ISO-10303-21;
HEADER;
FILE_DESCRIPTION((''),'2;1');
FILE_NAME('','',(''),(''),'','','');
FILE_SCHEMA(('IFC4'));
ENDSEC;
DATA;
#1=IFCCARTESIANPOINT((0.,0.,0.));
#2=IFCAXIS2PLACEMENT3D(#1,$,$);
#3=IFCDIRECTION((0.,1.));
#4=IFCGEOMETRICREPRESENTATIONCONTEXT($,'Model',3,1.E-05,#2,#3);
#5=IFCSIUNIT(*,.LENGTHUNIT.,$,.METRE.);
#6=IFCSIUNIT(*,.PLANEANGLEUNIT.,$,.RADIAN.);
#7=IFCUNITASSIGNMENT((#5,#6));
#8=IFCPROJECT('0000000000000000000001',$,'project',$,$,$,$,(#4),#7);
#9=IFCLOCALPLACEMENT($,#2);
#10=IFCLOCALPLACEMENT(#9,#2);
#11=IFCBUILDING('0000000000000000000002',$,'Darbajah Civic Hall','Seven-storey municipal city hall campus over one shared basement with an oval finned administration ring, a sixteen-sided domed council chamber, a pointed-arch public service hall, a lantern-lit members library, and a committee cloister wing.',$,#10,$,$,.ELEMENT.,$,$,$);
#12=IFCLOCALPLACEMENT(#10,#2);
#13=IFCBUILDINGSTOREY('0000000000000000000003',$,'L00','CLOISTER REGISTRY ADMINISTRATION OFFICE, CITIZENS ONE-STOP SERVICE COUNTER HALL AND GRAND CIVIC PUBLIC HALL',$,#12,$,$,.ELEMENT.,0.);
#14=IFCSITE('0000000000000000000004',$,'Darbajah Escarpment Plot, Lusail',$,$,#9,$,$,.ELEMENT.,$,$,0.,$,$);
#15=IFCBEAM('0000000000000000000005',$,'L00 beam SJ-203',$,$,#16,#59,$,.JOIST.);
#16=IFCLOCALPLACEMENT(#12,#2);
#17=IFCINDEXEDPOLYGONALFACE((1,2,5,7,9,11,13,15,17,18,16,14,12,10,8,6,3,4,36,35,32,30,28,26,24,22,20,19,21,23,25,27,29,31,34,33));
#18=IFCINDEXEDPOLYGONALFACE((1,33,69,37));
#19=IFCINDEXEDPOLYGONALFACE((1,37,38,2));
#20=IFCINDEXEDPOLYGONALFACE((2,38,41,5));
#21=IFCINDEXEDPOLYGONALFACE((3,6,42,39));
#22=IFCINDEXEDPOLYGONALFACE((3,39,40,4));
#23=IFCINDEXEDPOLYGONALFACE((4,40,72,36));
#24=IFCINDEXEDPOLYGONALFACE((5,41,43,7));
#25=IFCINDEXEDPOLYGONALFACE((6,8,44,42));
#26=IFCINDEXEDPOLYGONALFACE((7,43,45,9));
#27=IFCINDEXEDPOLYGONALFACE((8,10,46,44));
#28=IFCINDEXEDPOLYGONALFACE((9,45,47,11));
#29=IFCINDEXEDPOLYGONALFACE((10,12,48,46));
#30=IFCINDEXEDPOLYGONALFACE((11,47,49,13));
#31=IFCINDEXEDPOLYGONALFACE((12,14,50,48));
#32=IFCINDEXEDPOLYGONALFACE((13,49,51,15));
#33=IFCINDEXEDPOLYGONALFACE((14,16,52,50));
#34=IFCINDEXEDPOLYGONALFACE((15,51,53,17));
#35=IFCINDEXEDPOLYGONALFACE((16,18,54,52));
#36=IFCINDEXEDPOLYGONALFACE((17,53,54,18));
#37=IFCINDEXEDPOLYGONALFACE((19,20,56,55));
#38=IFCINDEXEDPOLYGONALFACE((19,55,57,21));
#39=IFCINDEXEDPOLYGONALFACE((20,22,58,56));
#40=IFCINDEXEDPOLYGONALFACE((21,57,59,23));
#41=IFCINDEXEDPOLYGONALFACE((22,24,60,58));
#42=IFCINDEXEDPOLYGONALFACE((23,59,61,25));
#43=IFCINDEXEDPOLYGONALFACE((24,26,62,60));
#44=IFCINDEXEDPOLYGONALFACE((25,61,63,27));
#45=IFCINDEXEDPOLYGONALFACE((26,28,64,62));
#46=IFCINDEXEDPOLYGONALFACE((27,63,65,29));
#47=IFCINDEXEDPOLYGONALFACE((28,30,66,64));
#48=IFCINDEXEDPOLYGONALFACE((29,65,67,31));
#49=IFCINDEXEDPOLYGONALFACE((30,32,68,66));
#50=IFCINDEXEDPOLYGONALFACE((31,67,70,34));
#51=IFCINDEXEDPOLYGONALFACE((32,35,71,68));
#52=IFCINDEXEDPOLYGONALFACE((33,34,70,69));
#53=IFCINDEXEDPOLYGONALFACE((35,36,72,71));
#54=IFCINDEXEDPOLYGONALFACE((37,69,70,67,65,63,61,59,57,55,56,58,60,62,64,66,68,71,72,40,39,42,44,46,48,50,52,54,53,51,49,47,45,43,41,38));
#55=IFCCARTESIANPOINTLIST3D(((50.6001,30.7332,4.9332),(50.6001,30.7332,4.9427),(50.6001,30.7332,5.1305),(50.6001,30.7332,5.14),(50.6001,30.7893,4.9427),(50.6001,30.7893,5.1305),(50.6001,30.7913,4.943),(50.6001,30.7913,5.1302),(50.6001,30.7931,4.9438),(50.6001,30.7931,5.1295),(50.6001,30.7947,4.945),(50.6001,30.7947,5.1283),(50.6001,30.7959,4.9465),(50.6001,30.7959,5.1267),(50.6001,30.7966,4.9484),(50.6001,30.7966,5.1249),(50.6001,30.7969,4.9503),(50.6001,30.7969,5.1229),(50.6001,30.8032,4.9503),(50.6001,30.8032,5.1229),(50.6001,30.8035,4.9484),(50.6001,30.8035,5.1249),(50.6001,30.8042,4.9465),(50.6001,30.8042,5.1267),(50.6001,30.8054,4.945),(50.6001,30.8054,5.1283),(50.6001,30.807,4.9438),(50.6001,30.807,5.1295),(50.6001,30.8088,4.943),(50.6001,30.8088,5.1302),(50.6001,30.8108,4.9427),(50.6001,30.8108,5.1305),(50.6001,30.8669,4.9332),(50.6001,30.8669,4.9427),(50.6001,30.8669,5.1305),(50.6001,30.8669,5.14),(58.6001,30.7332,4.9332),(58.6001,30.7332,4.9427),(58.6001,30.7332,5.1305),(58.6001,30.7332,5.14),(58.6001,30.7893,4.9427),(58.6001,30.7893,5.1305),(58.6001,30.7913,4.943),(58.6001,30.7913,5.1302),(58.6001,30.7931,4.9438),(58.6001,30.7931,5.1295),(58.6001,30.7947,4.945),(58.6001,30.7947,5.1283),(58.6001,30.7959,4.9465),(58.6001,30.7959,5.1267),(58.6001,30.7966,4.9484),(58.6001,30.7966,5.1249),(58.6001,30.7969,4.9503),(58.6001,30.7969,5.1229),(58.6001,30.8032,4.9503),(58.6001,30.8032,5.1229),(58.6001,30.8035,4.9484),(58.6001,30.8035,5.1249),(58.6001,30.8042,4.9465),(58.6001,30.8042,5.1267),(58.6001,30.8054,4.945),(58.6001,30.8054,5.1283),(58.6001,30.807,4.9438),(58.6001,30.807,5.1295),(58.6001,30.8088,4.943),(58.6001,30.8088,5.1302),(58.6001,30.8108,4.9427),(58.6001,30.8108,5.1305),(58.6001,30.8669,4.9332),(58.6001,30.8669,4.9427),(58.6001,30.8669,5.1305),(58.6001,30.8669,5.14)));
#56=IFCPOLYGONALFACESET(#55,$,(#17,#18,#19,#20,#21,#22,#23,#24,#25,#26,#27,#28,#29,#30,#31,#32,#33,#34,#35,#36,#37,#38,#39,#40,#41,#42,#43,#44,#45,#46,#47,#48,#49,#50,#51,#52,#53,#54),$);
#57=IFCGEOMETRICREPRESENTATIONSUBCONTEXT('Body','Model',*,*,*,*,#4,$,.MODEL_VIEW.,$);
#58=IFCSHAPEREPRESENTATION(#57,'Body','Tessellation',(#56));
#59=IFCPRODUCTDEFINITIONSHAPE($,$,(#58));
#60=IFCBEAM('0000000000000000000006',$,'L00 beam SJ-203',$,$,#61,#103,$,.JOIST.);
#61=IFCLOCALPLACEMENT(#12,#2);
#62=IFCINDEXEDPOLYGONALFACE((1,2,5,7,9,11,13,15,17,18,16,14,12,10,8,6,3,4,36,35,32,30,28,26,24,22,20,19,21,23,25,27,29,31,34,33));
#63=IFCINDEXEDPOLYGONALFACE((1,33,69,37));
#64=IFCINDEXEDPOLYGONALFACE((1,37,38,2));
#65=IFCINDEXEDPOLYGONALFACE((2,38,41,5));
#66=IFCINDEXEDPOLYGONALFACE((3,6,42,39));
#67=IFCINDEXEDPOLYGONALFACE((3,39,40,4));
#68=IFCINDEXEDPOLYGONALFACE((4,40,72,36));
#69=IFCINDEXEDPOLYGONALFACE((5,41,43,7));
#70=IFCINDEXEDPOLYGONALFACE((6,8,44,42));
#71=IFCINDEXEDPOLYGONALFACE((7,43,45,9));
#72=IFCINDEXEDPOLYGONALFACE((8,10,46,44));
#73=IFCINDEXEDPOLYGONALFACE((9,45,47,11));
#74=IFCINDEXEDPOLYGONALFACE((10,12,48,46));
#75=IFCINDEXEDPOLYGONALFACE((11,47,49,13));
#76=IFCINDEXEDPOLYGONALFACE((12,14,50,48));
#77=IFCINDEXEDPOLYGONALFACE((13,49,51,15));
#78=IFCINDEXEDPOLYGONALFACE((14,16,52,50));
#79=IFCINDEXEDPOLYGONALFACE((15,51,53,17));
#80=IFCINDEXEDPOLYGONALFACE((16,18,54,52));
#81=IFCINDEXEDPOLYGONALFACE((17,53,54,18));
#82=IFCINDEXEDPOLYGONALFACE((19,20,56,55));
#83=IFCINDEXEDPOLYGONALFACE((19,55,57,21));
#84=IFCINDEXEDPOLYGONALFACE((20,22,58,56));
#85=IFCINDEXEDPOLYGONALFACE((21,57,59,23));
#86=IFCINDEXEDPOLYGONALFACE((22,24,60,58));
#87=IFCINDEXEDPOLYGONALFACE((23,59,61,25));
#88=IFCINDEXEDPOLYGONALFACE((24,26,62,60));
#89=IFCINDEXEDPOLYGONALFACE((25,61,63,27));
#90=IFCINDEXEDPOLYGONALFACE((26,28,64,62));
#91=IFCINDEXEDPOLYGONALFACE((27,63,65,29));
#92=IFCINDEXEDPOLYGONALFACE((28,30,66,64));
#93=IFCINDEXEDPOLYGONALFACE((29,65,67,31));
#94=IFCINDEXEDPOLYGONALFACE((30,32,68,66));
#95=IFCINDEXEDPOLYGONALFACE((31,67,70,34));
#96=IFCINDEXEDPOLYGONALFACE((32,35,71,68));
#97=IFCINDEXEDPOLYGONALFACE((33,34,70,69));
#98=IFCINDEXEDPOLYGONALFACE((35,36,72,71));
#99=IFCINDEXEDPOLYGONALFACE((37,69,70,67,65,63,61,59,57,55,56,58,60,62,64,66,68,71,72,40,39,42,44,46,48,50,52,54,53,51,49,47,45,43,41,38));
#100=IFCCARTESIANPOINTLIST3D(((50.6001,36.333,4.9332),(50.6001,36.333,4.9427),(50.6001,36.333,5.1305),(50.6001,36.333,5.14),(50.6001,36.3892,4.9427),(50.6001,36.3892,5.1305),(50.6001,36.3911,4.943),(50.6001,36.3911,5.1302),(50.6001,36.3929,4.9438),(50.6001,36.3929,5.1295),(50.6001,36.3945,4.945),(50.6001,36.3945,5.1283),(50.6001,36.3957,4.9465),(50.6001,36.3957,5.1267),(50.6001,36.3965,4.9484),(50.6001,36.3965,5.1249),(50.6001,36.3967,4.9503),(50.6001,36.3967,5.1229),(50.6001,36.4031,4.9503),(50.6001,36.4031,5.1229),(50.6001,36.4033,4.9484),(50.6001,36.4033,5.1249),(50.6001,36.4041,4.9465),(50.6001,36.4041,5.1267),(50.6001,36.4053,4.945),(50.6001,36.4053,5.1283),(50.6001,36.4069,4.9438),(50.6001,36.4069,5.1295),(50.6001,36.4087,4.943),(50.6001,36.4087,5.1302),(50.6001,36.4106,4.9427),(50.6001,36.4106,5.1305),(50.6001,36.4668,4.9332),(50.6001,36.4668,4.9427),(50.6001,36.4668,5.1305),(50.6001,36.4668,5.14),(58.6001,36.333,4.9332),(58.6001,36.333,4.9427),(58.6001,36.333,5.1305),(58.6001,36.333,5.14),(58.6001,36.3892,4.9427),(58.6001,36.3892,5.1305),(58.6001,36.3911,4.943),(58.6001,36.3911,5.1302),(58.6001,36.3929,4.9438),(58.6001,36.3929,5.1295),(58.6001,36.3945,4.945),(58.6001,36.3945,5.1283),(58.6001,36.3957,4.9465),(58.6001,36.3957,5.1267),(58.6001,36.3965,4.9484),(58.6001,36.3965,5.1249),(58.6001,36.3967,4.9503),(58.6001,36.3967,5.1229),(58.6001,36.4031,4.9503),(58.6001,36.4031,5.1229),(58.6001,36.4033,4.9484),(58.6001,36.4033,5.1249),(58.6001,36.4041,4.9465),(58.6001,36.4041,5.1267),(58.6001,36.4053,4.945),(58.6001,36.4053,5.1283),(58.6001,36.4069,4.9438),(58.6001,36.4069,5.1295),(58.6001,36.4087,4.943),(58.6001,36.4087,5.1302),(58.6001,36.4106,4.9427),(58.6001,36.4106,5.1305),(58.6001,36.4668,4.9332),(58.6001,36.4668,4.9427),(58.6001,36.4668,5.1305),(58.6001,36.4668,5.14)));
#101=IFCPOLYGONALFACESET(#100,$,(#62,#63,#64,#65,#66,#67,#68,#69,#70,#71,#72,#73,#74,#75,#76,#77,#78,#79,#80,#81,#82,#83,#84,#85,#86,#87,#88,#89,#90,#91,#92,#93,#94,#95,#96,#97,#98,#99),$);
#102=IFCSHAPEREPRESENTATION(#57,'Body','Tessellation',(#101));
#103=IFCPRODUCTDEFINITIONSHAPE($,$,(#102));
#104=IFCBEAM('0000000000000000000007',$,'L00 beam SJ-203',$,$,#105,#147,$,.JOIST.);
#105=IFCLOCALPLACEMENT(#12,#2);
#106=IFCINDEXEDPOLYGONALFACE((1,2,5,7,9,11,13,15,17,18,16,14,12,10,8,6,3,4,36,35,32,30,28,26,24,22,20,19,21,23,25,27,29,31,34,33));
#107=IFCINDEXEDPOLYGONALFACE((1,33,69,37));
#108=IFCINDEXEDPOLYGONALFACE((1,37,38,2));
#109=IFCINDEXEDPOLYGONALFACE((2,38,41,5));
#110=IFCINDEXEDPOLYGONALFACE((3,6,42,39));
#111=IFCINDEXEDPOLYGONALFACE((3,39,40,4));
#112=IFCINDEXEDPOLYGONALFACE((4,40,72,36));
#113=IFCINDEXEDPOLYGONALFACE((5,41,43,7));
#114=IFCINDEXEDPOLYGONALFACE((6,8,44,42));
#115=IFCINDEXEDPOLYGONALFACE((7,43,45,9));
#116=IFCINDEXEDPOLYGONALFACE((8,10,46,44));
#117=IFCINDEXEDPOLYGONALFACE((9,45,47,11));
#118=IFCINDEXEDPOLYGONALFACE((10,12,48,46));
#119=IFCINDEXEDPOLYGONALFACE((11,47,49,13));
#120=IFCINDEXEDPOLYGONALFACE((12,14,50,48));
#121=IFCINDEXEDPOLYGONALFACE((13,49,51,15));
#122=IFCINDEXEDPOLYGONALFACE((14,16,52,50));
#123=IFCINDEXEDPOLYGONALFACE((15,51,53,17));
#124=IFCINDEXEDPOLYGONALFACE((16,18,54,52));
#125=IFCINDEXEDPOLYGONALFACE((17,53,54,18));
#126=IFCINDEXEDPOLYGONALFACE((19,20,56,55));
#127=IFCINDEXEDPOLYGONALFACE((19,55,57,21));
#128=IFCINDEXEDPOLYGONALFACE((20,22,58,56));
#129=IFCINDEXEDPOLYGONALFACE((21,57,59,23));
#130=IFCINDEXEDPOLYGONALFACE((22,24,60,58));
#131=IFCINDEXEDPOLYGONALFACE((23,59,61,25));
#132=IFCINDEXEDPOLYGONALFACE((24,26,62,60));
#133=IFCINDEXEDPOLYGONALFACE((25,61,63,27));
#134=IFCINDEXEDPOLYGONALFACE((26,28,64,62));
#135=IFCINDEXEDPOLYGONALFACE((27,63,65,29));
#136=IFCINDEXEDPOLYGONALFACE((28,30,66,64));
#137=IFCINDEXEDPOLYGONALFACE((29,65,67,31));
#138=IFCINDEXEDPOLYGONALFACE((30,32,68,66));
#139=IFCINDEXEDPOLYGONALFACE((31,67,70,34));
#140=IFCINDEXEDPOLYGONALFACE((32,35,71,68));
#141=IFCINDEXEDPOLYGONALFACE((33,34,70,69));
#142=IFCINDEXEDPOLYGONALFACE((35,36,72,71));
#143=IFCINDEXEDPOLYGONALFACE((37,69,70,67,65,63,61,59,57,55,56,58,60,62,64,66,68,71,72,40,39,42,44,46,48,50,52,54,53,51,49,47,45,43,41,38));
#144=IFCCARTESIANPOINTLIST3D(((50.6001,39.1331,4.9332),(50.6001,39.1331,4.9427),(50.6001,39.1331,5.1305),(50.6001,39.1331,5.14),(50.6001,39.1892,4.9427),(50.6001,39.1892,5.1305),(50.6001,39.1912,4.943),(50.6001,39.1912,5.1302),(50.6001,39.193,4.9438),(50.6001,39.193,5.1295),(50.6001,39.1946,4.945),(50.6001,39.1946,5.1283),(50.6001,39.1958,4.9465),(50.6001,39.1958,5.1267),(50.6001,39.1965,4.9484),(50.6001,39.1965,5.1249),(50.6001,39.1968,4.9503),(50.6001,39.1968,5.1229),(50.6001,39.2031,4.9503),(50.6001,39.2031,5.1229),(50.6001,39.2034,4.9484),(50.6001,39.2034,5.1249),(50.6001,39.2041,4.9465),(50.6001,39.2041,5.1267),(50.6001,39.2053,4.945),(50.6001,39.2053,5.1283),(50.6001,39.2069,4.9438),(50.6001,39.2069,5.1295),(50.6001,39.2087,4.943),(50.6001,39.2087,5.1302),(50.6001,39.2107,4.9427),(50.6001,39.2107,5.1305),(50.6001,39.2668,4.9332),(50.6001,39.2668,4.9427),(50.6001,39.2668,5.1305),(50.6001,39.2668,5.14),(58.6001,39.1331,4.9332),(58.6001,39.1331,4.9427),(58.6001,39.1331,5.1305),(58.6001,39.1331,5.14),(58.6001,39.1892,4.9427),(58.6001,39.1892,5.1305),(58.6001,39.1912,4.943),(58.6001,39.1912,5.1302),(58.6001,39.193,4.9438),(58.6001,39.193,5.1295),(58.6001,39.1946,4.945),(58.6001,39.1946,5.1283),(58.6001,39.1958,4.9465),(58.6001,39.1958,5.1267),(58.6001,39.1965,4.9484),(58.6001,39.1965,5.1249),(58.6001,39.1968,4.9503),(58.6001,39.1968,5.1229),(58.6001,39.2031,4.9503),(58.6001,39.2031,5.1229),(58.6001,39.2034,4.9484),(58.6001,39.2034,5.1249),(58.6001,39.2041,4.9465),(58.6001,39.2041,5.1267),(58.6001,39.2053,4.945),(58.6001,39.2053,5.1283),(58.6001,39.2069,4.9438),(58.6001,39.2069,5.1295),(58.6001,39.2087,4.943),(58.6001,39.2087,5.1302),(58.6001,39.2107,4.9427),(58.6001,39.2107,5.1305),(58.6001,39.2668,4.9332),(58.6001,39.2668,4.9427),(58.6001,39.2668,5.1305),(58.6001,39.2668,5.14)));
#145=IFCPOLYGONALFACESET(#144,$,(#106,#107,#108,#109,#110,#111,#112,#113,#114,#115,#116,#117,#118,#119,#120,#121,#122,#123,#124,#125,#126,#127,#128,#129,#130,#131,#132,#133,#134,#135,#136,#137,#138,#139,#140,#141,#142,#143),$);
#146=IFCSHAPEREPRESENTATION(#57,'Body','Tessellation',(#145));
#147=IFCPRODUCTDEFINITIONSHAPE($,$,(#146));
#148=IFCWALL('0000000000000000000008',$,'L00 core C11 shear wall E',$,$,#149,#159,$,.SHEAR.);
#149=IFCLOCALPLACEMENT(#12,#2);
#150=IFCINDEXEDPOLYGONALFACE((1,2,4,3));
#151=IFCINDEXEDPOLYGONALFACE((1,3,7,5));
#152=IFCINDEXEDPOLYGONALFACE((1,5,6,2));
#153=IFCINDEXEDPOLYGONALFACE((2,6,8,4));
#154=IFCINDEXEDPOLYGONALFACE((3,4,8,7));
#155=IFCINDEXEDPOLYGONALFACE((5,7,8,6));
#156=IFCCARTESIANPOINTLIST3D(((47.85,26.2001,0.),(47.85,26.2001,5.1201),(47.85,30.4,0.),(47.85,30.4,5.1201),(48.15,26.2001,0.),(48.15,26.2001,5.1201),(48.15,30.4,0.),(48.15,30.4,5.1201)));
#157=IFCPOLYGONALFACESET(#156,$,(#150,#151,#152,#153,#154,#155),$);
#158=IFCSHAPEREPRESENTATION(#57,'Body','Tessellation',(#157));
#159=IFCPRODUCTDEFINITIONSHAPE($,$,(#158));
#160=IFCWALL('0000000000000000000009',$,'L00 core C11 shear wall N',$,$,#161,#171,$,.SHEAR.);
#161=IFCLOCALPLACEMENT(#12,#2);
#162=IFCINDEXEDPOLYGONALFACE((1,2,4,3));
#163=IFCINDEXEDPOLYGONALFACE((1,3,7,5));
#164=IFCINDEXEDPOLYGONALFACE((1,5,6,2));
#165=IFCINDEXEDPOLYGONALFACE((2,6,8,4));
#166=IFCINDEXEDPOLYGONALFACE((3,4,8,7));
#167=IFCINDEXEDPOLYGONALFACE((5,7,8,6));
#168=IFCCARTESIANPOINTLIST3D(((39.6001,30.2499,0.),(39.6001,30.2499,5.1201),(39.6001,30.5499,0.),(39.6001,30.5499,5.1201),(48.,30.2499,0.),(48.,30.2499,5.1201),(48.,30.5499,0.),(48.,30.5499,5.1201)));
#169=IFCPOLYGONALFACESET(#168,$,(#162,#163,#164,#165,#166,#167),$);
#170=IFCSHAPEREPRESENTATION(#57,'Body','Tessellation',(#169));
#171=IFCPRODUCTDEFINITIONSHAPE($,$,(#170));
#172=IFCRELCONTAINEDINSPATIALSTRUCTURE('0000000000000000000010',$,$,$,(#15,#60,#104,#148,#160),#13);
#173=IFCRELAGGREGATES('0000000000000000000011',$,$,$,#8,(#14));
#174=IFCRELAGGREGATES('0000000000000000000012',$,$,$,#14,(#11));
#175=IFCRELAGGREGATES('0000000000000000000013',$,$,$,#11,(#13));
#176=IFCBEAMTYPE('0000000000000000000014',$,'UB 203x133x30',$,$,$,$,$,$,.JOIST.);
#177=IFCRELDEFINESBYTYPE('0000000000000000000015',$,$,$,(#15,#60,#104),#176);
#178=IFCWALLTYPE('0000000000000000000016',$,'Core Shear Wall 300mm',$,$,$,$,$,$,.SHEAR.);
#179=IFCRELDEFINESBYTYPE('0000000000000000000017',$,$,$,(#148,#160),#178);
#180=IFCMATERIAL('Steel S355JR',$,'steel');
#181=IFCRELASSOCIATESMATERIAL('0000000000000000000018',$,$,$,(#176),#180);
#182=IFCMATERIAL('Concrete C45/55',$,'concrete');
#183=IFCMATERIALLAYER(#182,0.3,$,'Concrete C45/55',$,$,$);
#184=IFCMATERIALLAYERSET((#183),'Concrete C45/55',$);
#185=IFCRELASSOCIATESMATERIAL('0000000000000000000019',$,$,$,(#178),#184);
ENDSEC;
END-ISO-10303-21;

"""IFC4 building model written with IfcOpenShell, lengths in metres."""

from ifc_helpers import new_model, si_unit, direction, frame, frame_2d, origin, origin_2d, place, context, subcontext, project, spatial, rectangle, i_section, extrude, material, layer, layer_set, material_profile, profile_set, type_object, element, save


model = new_model("IFC4")

# Units and contexts
model_context = context("Model", 3, precision=1e-05, world=origin(), true_north=direction((0.0, 1.0)))
body_context = subcontext(model_context, "Body", "Model", "MODEL_VIEW")
ifc_project = project(units=[si_unit("LENGTHUNIT", "METRE"), si_unit("PLANEANGLEUNIT", "RADIAN")], contexts=[model_context])

# Site, building, storey
site_placement = place(None, origin())
site = spatial("IfcSite", under=ifc_project, at=site_placement, Name="Darbajah Escarpment Plot, Lusail", CompositionType="ELEMENT", RefElevation=0.0)
building_placement = place(site_placement, origin())
building = spatial("IfcBuilding", under=site, at=building_placement, Name="Darbajah Civic Hall", Description="Seven-storey municipal city hall campus over one shared basement with an oval finned administration ring, a sixteen-sided domed council chamber, a pointed-arch public service hall, a lantern-lit members library, and a committee cloister wing.", CompositionType="ELEMENT")
storey_placement = place(building_placement, origin())
storey = spatial("IfcBuildingStorey", under=building, at=storey_placement, Name="L00", Description="CLOISTER REGISTRY ADMINISTRATION OFFICE, CITIZENS ONE-STOP SERVICE COUNTER HALL AND GRAND CIVIC PUBLIC HALL", CompositionType="ELEMENT", Elevation=0.0)

# Beams
ifc_material_1 = material(Name="Concrete C45/55", Category="concrete")
ifc_material_2 = material(Name="Steel S355JR", Category="steel")
ifc_material_profile_1 = material_profile(ifc_material_2, i_section(OverallWidth=0.1338, OverallDepth=0.2068, WebThickness=0.0063, FlangeThickness=0.0095, FilletRadius=0.0076, at=origin_2d()), Name="UB 203x133x30")
ifc_profile_set_1 = profile_set([ifc_material_profile_1], Name="Steel S355JR")
beam_type_1 = type_object("IfcBeamType", Name="UB 203x133x30", PredefinedType="JOIST", material=ifc_profile_set_1)
for number, where, z_axis, x_axis, name in (
    (1, (50.6001, 30.8, 5.0366), (1.0, 0.0, 0.0), (0.0, 1.0, 0.0), "L00 beam SJ-203"),
    (2, (50.6001, 36.3999, 5.0366), (1.0, 0.0, 0.0), (0.0, 1.0, 0.0), "L00 beam SJ-203"),
    (3, (50.6001, 39.2, 5.0366), (1.0, 0.0, 0.0), (0.0, 1.0, 0.0), "L00 beam SJ-203"),
):
    element("IfcBeam", number, at=place(storey_placement, frame(where, z_axis=z_axis, x_axis=x_axis)), inside=storey, type_object=beam_type_1, Name=name, PredefinedType="JOIST", context=body_context, shape_type="SweptSolid", body=[
        extrude(i_section(OverallWidth=0.1338, OverallDepth=0.2068, WebThickness=0.0063, FlangeThickness=0.0095, FilletRadius=0.0076, at=origin_2d()), origin(), (0.0, 0.0, 1.0), 8.0),
    ])

# Walls
ifc_layer_1 = layer(ifc_material_1, 0.3, Name="Concrete C45/55")
ifc_layer_set_1 = layer_set([ifc_layer_1], Name="Concrete C45/55")
wall_type_1 = type_object("IfcWallType", Name="Core Shear Wall 300mm", PredefinedType="SHEAR", material=ifc_layer_set_1)
wall_1_placement = place(storey_placement, frame((48.0, 26.2, 0.0), z_axis=(0.0, 0.0, 1.0), x_axis=(0.0, 1.0, 0.0)))
element("IfcWall", 4, at=wall_1_placement, inside=storey, type_object=wall_type_1, Name="L00 core C11 shear wall E", PredefinedType="SHEAR", context=body_context, shape_type="SweptSolid", body=[
    extrude(rectangle(XDim=4.2, YDim=0.3, at=frame_2d((2.1001, 0.0))), origin(), (0.0, 0.0, 1.0), 5.1201),
])
wall_2_placement = place(storey_placement, frame((48.0, 30.3999, 0.0), z_axis=(0.0, 0.0, 1.0), x_axis=(-1.0, 0.0, 0.0)))
element("IfcWall", 5, at=wall_2_placement, inside=storey, type_object=wall_type_1, Name="L00 core C11 shear wall N", PredefinedType="SHEAR", context=body_context, shape_type="SweptSolid", body=[
    extrude(rectangle(XDim=8.3999, YDim=0.3, at=frame_2d((4.2, 0.0))), origin(), (0.0, 0.0, 1.0), 5.1201),
])

save(model, "model.ifc")
